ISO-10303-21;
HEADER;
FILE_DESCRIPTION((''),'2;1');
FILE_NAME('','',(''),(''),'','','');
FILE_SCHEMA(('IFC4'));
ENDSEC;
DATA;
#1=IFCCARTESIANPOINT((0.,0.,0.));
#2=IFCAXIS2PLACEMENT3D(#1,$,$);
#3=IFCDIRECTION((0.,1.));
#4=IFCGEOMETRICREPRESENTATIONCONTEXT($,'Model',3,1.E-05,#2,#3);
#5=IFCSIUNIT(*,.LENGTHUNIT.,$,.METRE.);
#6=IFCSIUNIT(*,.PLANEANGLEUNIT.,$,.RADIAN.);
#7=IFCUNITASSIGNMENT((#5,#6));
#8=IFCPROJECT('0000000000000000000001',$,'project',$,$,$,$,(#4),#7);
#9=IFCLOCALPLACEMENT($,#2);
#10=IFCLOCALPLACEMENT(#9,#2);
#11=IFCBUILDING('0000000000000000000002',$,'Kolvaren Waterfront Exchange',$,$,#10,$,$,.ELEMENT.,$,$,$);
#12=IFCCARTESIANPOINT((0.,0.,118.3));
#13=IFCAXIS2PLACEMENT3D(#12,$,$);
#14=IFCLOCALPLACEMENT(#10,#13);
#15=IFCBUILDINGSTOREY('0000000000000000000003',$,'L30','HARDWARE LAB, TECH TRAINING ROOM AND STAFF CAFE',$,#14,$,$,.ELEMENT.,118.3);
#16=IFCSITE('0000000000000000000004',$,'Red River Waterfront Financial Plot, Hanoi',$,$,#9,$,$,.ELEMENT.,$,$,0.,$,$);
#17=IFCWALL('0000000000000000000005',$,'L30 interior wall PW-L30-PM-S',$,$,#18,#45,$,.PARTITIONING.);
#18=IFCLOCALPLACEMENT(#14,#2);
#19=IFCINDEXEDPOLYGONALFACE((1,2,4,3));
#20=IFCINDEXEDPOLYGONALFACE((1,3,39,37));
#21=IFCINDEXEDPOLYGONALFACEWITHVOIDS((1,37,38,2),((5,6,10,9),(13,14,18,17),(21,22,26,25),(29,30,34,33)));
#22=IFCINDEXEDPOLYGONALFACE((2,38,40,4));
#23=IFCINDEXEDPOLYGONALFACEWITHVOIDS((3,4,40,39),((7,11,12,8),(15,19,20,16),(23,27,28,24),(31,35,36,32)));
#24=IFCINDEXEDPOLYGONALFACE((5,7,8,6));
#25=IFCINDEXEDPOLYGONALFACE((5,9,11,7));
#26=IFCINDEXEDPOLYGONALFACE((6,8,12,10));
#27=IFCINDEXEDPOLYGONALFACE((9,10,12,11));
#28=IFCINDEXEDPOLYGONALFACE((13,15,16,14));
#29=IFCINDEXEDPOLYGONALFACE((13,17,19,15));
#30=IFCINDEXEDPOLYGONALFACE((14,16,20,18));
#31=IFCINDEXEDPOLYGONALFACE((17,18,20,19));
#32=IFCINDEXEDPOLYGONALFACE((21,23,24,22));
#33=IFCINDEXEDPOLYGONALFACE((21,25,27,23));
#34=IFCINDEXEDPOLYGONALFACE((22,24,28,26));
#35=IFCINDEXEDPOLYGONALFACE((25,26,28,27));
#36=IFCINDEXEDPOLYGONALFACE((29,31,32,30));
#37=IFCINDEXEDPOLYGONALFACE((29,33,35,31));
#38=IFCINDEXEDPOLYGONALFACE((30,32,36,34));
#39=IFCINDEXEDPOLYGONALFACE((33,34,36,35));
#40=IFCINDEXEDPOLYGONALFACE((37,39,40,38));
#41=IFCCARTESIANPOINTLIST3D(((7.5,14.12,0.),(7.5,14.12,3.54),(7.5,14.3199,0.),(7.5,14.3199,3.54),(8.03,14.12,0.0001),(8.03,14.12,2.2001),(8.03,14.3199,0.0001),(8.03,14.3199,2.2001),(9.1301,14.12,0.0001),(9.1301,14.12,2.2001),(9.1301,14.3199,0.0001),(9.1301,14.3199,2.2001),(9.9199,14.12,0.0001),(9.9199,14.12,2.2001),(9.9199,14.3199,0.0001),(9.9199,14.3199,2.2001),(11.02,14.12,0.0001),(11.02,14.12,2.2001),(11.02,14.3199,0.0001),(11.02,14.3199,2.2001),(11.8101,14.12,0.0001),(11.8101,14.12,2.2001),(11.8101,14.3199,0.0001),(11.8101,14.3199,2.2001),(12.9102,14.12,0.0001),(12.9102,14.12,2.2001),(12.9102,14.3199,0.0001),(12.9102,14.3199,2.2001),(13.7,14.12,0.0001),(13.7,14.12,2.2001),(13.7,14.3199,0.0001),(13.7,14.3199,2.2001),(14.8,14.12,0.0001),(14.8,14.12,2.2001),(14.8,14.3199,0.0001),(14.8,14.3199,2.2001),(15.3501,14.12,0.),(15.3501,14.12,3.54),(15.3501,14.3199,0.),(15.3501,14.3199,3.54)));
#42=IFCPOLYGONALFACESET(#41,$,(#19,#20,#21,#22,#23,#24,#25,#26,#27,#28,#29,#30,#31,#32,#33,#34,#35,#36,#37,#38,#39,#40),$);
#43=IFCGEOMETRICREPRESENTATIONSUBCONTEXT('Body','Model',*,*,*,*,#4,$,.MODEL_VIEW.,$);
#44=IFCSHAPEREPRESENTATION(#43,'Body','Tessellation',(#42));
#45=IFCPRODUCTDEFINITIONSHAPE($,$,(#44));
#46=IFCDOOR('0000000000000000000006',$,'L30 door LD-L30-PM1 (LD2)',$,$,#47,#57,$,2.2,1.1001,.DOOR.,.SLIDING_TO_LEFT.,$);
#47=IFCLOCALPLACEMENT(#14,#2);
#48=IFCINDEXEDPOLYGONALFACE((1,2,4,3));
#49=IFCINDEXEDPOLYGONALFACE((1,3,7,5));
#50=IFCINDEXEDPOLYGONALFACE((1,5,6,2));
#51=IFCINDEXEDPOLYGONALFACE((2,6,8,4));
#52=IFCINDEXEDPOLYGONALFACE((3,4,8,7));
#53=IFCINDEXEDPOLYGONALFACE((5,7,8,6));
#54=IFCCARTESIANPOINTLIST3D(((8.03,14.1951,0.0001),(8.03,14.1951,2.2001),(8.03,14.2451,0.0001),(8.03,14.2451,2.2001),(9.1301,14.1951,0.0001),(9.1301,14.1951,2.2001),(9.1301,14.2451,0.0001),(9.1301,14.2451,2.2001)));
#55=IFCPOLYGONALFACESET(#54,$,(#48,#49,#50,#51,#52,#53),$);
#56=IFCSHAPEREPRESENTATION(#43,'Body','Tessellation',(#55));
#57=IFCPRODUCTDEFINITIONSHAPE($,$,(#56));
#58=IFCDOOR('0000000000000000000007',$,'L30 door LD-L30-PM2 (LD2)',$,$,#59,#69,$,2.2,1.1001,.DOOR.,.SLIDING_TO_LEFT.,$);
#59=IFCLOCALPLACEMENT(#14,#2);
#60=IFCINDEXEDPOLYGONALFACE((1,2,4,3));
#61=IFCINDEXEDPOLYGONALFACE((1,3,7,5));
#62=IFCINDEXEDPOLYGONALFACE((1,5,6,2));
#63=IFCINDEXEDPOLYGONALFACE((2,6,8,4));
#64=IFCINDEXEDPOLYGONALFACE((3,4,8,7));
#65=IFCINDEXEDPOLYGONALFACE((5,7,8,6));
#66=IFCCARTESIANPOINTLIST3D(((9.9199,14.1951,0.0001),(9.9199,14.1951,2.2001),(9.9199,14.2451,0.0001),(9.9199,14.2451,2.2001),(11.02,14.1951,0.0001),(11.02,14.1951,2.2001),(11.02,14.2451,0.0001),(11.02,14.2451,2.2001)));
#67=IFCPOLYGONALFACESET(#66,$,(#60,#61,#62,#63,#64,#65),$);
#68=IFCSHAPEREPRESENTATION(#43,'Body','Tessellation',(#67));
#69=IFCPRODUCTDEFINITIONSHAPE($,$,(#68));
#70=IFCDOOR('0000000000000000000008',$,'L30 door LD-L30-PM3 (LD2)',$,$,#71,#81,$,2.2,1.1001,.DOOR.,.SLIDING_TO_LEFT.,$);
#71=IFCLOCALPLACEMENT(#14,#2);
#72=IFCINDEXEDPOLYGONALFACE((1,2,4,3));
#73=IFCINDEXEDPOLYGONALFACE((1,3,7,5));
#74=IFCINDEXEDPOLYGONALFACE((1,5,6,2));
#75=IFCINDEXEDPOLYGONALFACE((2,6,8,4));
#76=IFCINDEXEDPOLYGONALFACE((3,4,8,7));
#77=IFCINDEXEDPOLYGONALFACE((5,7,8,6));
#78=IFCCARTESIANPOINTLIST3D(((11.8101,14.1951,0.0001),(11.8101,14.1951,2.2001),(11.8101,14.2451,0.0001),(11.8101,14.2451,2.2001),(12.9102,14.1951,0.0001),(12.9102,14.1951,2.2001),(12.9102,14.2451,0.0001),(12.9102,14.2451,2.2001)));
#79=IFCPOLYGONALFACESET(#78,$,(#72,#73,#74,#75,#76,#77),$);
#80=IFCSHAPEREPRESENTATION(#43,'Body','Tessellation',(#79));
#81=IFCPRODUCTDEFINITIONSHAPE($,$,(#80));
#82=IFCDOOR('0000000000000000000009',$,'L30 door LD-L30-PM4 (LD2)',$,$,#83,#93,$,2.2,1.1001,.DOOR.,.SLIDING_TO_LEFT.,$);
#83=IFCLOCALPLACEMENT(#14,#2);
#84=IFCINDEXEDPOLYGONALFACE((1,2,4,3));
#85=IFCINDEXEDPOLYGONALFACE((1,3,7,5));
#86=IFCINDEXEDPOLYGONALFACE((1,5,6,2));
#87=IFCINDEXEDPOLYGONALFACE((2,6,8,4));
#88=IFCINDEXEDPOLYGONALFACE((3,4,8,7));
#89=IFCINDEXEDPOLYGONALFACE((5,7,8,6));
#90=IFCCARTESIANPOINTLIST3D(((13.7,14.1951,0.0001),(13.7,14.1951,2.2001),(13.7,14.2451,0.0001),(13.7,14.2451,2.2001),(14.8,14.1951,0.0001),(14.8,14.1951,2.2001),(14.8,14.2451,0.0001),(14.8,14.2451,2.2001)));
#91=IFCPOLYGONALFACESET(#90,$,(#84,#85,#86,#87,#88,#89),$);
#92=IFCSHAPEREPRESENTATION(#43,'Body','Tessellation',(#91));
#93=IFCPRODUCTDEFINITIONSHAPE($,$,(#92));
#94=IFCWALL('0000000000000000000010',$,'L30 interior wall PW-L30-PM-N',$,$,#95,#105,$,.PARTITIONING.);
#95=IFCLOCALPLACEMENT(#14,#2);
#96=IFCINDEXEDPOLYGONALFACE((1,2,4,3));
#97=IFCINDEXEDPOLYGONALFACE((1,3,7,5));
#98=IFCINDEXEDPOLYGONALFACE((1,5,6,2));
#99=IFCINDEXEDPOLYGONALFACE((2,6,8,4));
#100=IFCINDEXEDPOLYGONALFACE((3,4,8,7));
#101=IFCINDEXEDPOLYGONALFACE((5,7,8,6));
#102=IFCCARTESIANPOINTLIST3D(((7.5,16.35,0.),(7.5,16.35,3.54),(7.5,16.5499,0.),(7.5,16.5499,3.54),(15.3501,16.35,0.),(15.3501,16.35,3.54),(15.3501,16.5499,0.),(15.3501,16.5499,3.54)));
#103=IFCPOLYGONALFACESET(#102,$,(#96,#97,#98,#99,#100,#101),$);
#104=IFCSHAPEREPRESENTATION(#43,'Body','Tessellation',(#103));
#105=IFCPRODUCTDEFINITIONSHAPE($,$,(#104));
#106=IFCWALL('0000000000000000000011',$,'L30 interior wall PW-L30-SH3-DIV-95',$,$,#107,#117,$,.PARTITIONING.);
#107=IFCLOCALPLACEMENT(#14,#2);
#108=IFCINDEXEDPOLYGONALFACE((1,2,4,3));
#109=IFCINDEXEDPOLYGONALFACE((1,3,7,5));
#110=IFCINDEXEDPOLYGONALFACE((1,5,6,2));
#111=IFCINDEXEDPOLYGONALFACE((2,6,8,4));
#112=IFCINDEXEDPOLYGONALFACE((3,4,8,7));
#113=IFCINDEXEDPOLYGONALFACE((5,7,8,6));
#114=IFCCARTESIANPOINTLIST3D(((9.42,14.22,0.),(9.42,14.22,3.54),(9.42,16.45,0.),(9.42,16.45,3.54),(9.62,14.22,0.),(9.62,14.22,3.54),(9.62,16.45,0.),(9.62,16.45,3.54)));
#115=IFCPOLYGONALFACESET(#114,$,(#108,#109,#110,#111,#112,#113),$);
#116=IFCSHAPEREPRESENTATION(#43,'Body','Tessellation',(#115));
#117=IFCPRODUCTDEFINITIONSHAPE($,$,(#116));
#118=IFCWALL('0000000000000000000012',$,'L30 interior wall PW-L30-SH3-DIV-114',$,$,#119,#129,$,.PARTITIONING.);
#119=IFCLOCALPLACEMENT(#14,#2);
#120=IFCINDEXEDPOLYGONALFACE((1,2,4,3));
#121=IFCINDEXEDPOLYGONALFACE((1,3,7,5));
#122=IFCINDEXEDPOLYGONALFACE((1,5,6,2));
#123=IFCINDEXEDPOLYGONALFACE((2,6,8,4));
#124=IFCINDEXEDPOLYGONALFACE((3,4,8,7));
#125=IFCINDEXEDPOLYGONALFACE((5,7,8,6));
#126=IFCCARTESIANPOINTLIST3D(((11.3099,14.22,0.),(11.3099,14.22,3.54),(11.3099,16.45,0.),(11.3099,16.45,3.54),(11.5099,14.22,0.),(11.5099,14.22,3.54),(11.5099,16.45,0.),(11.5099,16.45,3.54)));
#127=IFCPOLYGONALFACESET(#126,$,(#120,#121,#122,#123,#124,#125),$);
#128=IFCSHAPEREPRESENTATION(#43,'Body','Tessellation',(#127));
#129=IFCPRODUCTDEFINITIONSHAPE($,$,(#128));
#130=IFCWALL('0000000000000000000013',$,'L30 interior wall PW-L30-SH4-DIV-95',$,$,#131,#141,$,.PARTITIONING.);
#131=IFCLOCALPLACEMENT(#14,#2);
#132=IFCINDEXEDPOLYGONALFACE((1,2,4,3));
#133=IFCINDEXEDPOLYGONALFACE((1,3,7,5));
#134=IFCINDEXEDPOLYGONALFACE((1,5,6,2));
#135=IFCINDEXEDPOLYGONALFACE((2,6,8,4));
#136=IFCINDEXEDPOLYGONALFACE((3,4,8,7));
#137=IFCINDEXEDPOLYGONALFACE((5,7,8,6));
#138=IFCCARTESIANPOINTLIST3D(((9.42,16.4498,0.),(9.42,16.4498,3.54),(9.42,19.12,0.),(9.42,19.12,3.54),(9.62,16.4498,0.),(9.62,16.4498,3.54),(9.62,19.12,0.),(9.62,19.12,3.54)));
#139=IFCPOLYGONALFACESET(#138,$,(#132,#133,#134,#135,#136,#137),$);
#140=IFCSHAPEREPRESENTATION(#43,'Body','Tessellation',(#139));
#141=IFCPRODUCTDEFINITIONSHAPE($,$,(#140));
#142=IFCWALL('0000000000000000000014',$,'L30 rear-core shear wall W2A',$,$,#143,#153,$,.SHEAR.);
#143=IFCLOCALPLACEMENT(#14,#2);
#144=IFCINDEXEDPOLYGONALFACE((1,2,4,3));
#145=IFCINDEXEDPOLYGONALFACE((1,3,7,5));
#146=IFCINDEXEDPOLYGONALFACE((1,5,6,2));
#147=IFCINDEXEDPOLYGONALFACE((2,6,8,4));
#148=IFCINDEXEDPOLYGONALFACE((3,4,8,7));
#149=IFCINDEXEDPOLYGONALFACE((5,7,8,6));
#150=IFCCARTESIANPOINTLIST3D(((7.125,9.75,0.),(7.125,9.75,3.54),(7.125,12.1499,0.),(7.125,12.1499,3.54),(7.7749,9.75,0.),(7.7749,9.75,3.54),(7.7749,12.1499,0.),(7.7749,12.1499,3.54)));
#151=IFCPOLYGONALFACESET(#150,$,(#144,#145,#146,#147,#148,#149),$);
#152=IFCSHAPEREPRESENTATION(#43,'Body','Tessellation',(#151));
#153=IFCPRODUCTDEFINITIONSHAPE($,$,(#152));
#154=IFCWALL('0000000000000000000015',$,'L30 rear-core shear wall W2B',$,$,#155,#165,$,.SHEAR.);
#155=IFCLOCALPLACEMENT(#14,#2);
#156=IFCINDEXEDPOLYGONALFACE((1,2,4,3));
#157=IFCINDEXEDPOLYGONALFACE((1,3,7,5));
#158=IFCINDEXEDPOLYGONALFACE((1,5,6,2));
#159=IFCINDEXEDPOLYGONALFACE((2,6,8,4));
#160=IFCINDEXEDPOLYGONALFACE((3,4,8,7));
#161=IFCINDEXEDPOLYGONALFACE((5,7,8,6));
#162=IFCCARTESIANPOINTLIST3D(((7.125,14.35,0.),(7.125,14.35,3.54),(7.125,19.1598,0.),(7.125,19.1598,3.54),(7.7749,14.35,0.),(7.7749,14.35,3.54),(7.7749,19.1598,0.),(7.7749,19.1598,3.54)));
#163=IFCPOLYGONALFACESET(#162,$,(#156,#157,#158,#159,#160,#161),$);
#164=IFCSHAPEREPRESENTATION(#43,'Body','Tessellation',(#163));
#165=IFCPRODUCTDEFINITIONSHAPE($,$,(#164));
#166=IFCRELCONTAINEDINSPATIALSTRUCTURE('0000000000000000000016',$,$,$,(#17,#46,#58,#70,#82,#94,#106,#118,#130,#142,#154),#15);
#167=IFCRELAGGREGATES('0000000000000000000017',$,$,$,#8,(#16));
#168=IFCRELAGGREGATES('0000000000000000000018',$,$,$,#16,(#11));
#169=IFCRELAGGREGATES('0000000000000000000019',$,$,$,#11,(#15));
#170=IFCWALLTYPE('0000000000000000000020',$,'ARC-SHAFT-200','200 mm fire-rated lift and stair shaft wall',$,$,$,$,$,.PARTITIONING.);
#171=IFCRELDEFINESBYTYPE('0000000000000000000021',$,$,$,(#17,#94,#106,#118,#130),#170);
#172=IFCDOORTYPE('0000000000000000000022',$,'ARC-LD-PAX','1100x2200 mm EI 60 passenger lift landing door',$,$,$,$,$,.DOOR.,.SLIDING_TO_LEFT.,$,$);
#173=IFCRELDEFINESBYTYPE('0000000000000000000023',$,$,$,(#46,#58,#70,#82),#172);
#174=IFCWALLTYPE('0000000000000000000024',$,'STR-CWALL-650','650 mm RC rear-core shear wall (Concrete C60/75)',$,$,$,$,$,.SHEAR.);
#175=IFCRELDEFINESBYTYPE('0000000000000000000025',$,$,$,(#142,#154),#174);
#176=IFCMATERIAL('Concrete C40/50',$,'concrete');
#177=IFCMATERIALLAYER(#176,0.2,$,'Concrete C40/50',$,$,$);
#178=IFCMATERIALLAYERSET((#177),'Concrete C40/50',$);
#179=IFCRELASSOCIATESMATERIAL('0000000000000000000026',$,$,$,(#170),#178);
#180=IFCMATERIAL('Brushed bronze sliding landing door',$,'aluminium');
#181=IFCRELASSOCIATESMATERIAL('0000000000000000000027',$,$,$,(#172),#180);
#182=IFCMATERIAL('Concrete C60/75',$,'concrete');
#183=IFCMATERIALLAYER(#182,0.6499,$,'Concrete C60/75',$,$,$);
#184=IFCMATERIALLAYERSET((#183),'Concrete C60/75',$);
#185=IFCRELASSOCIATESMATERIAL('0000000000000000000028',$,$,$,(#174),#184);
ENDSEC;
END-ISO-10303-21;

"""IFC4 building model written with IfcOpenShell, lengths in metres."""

from ifc_helpers import new_model, si_unit, direction, frame, frame_2d, origin, place, context, subcontext, project, spatial, rectangle, extrude, material, layer, layer_set, type_object, element, fill, save


model = new_model("IFC4")

# Units and contexts
model_context = context("Model", 3, precision=1e-05, world=origin(), true_north=direction((0.0, 1.0)))
body_context = subcontext(model_context, "Body", "Model", "MODEL_VIEW")
ifc_project = project(units=[si_unit("LENGTHUNIT", "METRE"), si_unit("PLANEANGLEUNIT", "RADIAN")], contexts=[model_context])

# Site, building, storey
site_placement = place(None, origin())
site = spatial("IfcSite", under=ifc_project, at=site_placement, Name="Red River Waterfront Financial Plot, Hanoi", CompositionType="ELEMENT", RefElevation=0.0)
building_placement = place(site_placement, origin())
building = spatial("IfcBuilding", under=site, at=building_placement, Name="Kolvaren Waterfront Exchange", CompositionType="ELEMENT")
storey_placement = place(building_placement, frame((0.0, 0.0, 118.3)))
storey = spatial("IfcBuildingStorey", under=building, at=storey_placement, Name="L30", Description="HARDWARE LAB, TECH TRAINING ROOM AND STAFF CAFE", CompositionType="ELEMENT", Elevation=118.3)

# Shared definitions
ifc_material_1 = material(Name="Concrete C60/75", Category="concrete")

# Wall, openings, doors
ifc_material_2 = material(Name="Concrete C40/50", Category="concrete")
ifc_layer_1 = layer(ifc_material_2, 0.2, Name="Concrete C40/50")
ifc_layer_set_1 = layer_set([ifc_layer_1], Name="Concrete C40/50")
wall_type_1 = type_object("IfcWallType", Name="ARC-SHAFT-200", Description="200 mm fire-rated lift and stair shaft wall", PredefinedType="PARTITIONING", material=ifc_layer_set_1)
wall_1_placement = place(storey_placement, frame((7.5, 14.22, 0.0), z_axis=(0.0, 0.0, 1.0), x_axis=(1.0, 0.0, 0.0)))
wall_1 = element("IfcWall", 1, at=wall_1_placement, inside=storey, type_object=wall_type_1, Name="L30 interior wall PW-L30-PM-S", PredefinedType="PARTITIONING", context=body_context, shape_type="SweptSolid", body=[
    extrude(rectangle(XDim=7.8501, YDim=0.2, at=frame_2d((3.925, 0.0))), origin(), (0.0, 0.0, 1.0), 3.54),
])
opening_1_placement = place(wall_1_placement, frame((0.53, 0.0, 0.0)))
opening_1 = element("IfcOpeningElement", 2, at=opening_1_placement, cuts=wall_1, PredefinedType="OPENING", context=body_context, shape_type="SweptSolid", body=[
    extrude(rectangle(XDim=1.1001, YDim=2.2, at=frame_2d((0.55, 1.1001))), frame((0.0, 0.1099, 0.0), z_axis=(0.0, -1.0, 0.0), x_axis=(1.0, 0.0, 0.0)), (0.0, 0.0, 1.0), 0.22),
])
opening_2_placement = place(wall_1_placement, frame((2.4199, 0.0, 0.0)))
opening_2 = element("IfcOpeningElement", 3, at=opening_2_placement, cuts=wall_1, PredefinedType="OPENING", context=body_context, shape_type="SweptSolid", body=[
    extrude(rectangle(XDim=1.1001, YDim=2.2, at=frame_2d((0.55, 1.1001))), frame((0.0, 0.1099, 0.0), z_axis=(0.0, -1.0, 0.0), x_axis=(1.0, 0.0, 0.0)), (0.0, 0.0, 1.0), 0.22),
])
opening_3_placement = place(wall_1_placement, frame((4.3101, 0.0, 0.0)))
opening_3 = element("IfcOpeningElement", 4, at=opening_3_placement, cuts=wall_1, PredefinedType="OPENING", context=body_context, shape_type="SweptSolid", body=[
    extrude(rectangle(XDim=1.1001, YDim=2.2, at=frame_2d((0.55, 1.1001))), frame((0.0, 0.1099, 0.0), z_axis=(0.0, -1.0, 0.0), x_axis=(1.0, 0.0, 0.0)), (0.0, 0.0, 1.0), 0.22),
])
opening_4_placement = place(wall_1_placement, frame((6.2, 0.0, 0.0)))
opening_4 = element("IfcOpeningElement", 5, at=opening_4_placement, cuts=wall_1, PredefinedType="OPENING", context=body_context, shape_type="SweptSolid", body=[
    extrude(rectangle(XDim=1.1001, YDim=2.2, at=frame_2d((0.55, 1.1001))), frame((0.0, 0.1099, 0.0), z_axis=(0.0, -1.0, 0.0), x_axis=(1.0, 0.0, 0.0)), (0.0, 0.0, 1.0), 0.22),
])
ifc_material_3 = material(Name="Brushed bronze sliding landing door", Category="aluminium")
door_type_1 = type_object("IfcDoorType", Name="ARC-LD-PAX", Description="1100x2200 mm EI 60 passenger lift landing door", OperationType="SLIDING_TO_LEFT", PredefinedType="DOOR", material=ifc_material_3)
door_1_placement = place(opening_1_placement, frame((1.1001, 0.0, 0.0), z_axis=(0.0, 0.0, 1.0), x_axis=(-1.0, 0.0, 0.0)))
door_1 = element("IfcDoor", 6, at=door_1_placement, inside=storey, type_object=door_type_1, Name="L30 door LD-L30-PM1 (LD2)", OperationType="SLIDING_TO_LEFT", OverallHeight=2.2, OverallWidth=1.1001, PredefinedType="DOOR", context=body_context, shape_type="SweptSolid", body=[
    extrude(rectangle(XDim=1.1001, YDim=2.2, at=frame_2d((0.55, 1.1001))), frame((0.0, 0.0249, 0.0), z_axis=(0.0, -1.0, 0.0), x_axis=(1.0, 0.0, 0.0)), (0.0, 0.0, 1.0), 0.05),
])
fill(opening_1, door_1)
door_2_placement = place(opening_2_placement, frame((1.1001, 0.0, 0.0), z_axis=(0.0, 0.0, 1.0), x_axis=(-1.0, 0.0, 0.0)))
door_2 = element("IfcDoor", 7, at=door_2_placement, inside=storey, type_object=door_type_1, Name="L30 door LD-L30-PM2 (LD2)", OperationType="SLIDING_TO_LEFT", OverallHeight=2.2, OverallWidth=1.1001, PredefinedType="DOOR", context=body_context, shape_type="SweptSolid", body=[
    extrude(rectangle(XDim=1.1001, YDim=2.2, at=frame_2d((0.55, 1.1001))), frame((0.0, 0.0249, 0.0), z_axis=(0.0, -1.0, 0.0), x_axis=(1.0, 0.0, 0.0)), (0.0, 0.0, 1.0), 0.05),
])
fill(opening_2, door_2)
door_3_placement = place(opening_3_placement, frame((1.1001, 0.0, 0.0), z_axis=(0.0, 0.0, 1.0), x_axis=(-1.0, 0.0, 0.0)))
door_3 = element("IfcDoor", 8, at=door_3_placement, inside=storey, type_object=door_type_1, Name="L30 door LD-L30-PM3 (LD2)", OperationType="SLIDING_TO_LEFT", OverallHeight=2.2, OverallWidth=1.1001, PredefinedType="DOOR", context=body_context, shape_type="SweptSolid", body=[
    extrude(rectangle(XDim=1.1001, YDim=2.2, at=frame_2d((0.55, 1.1001))), frame((0.0, 0.0249, 0.0), z_axis=(0.0, -1.0, 0.0), x_axis=(1.0, 0.0, 0.0)), (0.0, 0.0, 1.0), 0.05),
])
fill(opening_3, door_3)
door_4_placement = place(opening_4_placement, frame((1.1001, 0.0, 0.0), z_axis=(0.0, 0.0, 1.0), x_axis=(-1.0, 0.0, 0.0)))
door_4 = element("IfcDoor", 9, at=door_4_placement, inside=storey, type_object=door_type_1, Name="L30 door LD-L30-PM4 (LD2)", OperationType="SLIDING_TO_LEFT", OverallHeight=2.2, OverallWidth=1.1001, PredefinedType="DOOR", context=body_context, shape_type="SweptSolid", body=[
    extrude(rectangle(XDim=1.1001, YDim=2.2, at=frame_2d((0.55, 1.1001))), frame((0.0, 0.0249, 0.0), z_axis=(0.0, -1.0, 0.0), x_axis=(1.0, 0.0, 0.0)), (0.0, 0.0, 1.0), 0.05),
])
fill(opening_4, door_4)

# Walls
wall_2_placement = place(storey_placement, frame((7.5, 16.45, 0.0), z_axis=(0.0, 0.0, 1.0), x_axis=(1.0, 0.0, 0.0)))
element("IfcWall", 10, at=wall_2_placement, inside=storey, type_object=wall_type_1, Name="L30 interior wall PW-L30-PM-N", PredefinedType="PARTITIONING", context=body_context, shape_type="SweptSolid", body=[
    extrude(rectangle(XDim=7.8501, YDim=0.2, at=frame_2d((3.925, 0.0))), origin(), (0.0, 0.0, 1.0), 3.54),
])
for number, where, z_axis, x_axis, name in (
    (11, (9.52, 14.22, 0.0), (0.0, 0.0, 1.0), (0.0, 1.0, 0.0), "L30 interior wall PW-L30-SH3-DIV-95"),
    (12, (11.4099, 14.22, 0.0), (0.0, 0.0, 1.0), (0.0, 1.0, 0.0), "L30 interior wall PW-L30-SH3-DIV-114"),
):
    element("IfcWall", number, at=place(storey_placement, frame(where, z_axis=z_axis, x_axis=x_axis)), inside=storey, type_object=wall_type_1, Name=name, PredefinedType="PARTITIONING", context=body_context, shape_type="SweptSolid", body=[
        extrude(rectangle(XDim=2.23, YDim=0.2, at=frame_2d((1.115, 0.0))), origin(), (0.0, 0.0, 1.0), 3.54),
    ])
wall_3_placement = place(storey_placement, frame((9.52, 16.45, 0.0), z_axis=(0.0, 0.0, 1.0), x_axis=(0.0, 1.0, 0.0)))
element("IfcWall", 13, at=wall_3_placement, inside=storey, type_object=wall_type_1, Name="L30 interior wall PW-L30-SH4-DIV-95", PredefinedType="PARTITIONING", context=body_context, shape_type="SweptSolid", body=[
    extrude(rectangle(XDim=2.6702, YDim=0.2, at=frame_2d((1.335, 0.0))), origin(), (0.0, 0.0, 1.0), 3.54),
])
ifc_layer_2 = layer(ifc_material_1, 0.6499, Name="Concrete C60/75")
ifc_layer_set_2 = layer_set([ifc_layer_2], Name="Concrete C60/75")
wall_type_2 = type_object("IfcWallType", Name="STR-CWALL-650", Description="650 mm RC rear-core shear wall (Concrete C60/75)", PredefinedType="SHEAR", material=ifc_layer_set_2)
wall_4_placement = place(storey_placement, frame((7.45, 9.75, 0.0), z_axis=(0.0, 0.0, 1.0), x_axis=(0.0, 1.0, 0.0)))
element("IfcWall", 14, at=wall_4_placement, inside=storey, type_object=wall_type_2, Name="L30 rear-core shear wall W2A", PredefinedType="SHEAR", context=body_context, shape_type="SweptSolid", body=[
    extrude(rectangle(XDim=2.3999, YDim=0.6499, at=frame_2d((1.2, 0.0))), origin(), (0.0, 0.0, 1.0), 3.54),
])
wall_5_placement = place(storey_placement, frame((7.45, 14.3501, 0.0), z_axis=(0.0, 0.0, 1.0), x_axis=(0.0, 1.0, 0.0)))
element("IfcWall", 15, at=wall_5_placement, inside=storey, type_object=wall_type_2, Name="L30 rear-core shear wall W2B", PredefinedType="SHEAR", context=body_context, shape_type="SweptSolid", body=[
    extrude(rectangle(XDim=4.8098, YDim=0.6499, at=frame_2d((2.4048, 0.0))), origin(), (0.0, 0.0, 1.0), 3.54),
])

save(model, "model.ifc")
